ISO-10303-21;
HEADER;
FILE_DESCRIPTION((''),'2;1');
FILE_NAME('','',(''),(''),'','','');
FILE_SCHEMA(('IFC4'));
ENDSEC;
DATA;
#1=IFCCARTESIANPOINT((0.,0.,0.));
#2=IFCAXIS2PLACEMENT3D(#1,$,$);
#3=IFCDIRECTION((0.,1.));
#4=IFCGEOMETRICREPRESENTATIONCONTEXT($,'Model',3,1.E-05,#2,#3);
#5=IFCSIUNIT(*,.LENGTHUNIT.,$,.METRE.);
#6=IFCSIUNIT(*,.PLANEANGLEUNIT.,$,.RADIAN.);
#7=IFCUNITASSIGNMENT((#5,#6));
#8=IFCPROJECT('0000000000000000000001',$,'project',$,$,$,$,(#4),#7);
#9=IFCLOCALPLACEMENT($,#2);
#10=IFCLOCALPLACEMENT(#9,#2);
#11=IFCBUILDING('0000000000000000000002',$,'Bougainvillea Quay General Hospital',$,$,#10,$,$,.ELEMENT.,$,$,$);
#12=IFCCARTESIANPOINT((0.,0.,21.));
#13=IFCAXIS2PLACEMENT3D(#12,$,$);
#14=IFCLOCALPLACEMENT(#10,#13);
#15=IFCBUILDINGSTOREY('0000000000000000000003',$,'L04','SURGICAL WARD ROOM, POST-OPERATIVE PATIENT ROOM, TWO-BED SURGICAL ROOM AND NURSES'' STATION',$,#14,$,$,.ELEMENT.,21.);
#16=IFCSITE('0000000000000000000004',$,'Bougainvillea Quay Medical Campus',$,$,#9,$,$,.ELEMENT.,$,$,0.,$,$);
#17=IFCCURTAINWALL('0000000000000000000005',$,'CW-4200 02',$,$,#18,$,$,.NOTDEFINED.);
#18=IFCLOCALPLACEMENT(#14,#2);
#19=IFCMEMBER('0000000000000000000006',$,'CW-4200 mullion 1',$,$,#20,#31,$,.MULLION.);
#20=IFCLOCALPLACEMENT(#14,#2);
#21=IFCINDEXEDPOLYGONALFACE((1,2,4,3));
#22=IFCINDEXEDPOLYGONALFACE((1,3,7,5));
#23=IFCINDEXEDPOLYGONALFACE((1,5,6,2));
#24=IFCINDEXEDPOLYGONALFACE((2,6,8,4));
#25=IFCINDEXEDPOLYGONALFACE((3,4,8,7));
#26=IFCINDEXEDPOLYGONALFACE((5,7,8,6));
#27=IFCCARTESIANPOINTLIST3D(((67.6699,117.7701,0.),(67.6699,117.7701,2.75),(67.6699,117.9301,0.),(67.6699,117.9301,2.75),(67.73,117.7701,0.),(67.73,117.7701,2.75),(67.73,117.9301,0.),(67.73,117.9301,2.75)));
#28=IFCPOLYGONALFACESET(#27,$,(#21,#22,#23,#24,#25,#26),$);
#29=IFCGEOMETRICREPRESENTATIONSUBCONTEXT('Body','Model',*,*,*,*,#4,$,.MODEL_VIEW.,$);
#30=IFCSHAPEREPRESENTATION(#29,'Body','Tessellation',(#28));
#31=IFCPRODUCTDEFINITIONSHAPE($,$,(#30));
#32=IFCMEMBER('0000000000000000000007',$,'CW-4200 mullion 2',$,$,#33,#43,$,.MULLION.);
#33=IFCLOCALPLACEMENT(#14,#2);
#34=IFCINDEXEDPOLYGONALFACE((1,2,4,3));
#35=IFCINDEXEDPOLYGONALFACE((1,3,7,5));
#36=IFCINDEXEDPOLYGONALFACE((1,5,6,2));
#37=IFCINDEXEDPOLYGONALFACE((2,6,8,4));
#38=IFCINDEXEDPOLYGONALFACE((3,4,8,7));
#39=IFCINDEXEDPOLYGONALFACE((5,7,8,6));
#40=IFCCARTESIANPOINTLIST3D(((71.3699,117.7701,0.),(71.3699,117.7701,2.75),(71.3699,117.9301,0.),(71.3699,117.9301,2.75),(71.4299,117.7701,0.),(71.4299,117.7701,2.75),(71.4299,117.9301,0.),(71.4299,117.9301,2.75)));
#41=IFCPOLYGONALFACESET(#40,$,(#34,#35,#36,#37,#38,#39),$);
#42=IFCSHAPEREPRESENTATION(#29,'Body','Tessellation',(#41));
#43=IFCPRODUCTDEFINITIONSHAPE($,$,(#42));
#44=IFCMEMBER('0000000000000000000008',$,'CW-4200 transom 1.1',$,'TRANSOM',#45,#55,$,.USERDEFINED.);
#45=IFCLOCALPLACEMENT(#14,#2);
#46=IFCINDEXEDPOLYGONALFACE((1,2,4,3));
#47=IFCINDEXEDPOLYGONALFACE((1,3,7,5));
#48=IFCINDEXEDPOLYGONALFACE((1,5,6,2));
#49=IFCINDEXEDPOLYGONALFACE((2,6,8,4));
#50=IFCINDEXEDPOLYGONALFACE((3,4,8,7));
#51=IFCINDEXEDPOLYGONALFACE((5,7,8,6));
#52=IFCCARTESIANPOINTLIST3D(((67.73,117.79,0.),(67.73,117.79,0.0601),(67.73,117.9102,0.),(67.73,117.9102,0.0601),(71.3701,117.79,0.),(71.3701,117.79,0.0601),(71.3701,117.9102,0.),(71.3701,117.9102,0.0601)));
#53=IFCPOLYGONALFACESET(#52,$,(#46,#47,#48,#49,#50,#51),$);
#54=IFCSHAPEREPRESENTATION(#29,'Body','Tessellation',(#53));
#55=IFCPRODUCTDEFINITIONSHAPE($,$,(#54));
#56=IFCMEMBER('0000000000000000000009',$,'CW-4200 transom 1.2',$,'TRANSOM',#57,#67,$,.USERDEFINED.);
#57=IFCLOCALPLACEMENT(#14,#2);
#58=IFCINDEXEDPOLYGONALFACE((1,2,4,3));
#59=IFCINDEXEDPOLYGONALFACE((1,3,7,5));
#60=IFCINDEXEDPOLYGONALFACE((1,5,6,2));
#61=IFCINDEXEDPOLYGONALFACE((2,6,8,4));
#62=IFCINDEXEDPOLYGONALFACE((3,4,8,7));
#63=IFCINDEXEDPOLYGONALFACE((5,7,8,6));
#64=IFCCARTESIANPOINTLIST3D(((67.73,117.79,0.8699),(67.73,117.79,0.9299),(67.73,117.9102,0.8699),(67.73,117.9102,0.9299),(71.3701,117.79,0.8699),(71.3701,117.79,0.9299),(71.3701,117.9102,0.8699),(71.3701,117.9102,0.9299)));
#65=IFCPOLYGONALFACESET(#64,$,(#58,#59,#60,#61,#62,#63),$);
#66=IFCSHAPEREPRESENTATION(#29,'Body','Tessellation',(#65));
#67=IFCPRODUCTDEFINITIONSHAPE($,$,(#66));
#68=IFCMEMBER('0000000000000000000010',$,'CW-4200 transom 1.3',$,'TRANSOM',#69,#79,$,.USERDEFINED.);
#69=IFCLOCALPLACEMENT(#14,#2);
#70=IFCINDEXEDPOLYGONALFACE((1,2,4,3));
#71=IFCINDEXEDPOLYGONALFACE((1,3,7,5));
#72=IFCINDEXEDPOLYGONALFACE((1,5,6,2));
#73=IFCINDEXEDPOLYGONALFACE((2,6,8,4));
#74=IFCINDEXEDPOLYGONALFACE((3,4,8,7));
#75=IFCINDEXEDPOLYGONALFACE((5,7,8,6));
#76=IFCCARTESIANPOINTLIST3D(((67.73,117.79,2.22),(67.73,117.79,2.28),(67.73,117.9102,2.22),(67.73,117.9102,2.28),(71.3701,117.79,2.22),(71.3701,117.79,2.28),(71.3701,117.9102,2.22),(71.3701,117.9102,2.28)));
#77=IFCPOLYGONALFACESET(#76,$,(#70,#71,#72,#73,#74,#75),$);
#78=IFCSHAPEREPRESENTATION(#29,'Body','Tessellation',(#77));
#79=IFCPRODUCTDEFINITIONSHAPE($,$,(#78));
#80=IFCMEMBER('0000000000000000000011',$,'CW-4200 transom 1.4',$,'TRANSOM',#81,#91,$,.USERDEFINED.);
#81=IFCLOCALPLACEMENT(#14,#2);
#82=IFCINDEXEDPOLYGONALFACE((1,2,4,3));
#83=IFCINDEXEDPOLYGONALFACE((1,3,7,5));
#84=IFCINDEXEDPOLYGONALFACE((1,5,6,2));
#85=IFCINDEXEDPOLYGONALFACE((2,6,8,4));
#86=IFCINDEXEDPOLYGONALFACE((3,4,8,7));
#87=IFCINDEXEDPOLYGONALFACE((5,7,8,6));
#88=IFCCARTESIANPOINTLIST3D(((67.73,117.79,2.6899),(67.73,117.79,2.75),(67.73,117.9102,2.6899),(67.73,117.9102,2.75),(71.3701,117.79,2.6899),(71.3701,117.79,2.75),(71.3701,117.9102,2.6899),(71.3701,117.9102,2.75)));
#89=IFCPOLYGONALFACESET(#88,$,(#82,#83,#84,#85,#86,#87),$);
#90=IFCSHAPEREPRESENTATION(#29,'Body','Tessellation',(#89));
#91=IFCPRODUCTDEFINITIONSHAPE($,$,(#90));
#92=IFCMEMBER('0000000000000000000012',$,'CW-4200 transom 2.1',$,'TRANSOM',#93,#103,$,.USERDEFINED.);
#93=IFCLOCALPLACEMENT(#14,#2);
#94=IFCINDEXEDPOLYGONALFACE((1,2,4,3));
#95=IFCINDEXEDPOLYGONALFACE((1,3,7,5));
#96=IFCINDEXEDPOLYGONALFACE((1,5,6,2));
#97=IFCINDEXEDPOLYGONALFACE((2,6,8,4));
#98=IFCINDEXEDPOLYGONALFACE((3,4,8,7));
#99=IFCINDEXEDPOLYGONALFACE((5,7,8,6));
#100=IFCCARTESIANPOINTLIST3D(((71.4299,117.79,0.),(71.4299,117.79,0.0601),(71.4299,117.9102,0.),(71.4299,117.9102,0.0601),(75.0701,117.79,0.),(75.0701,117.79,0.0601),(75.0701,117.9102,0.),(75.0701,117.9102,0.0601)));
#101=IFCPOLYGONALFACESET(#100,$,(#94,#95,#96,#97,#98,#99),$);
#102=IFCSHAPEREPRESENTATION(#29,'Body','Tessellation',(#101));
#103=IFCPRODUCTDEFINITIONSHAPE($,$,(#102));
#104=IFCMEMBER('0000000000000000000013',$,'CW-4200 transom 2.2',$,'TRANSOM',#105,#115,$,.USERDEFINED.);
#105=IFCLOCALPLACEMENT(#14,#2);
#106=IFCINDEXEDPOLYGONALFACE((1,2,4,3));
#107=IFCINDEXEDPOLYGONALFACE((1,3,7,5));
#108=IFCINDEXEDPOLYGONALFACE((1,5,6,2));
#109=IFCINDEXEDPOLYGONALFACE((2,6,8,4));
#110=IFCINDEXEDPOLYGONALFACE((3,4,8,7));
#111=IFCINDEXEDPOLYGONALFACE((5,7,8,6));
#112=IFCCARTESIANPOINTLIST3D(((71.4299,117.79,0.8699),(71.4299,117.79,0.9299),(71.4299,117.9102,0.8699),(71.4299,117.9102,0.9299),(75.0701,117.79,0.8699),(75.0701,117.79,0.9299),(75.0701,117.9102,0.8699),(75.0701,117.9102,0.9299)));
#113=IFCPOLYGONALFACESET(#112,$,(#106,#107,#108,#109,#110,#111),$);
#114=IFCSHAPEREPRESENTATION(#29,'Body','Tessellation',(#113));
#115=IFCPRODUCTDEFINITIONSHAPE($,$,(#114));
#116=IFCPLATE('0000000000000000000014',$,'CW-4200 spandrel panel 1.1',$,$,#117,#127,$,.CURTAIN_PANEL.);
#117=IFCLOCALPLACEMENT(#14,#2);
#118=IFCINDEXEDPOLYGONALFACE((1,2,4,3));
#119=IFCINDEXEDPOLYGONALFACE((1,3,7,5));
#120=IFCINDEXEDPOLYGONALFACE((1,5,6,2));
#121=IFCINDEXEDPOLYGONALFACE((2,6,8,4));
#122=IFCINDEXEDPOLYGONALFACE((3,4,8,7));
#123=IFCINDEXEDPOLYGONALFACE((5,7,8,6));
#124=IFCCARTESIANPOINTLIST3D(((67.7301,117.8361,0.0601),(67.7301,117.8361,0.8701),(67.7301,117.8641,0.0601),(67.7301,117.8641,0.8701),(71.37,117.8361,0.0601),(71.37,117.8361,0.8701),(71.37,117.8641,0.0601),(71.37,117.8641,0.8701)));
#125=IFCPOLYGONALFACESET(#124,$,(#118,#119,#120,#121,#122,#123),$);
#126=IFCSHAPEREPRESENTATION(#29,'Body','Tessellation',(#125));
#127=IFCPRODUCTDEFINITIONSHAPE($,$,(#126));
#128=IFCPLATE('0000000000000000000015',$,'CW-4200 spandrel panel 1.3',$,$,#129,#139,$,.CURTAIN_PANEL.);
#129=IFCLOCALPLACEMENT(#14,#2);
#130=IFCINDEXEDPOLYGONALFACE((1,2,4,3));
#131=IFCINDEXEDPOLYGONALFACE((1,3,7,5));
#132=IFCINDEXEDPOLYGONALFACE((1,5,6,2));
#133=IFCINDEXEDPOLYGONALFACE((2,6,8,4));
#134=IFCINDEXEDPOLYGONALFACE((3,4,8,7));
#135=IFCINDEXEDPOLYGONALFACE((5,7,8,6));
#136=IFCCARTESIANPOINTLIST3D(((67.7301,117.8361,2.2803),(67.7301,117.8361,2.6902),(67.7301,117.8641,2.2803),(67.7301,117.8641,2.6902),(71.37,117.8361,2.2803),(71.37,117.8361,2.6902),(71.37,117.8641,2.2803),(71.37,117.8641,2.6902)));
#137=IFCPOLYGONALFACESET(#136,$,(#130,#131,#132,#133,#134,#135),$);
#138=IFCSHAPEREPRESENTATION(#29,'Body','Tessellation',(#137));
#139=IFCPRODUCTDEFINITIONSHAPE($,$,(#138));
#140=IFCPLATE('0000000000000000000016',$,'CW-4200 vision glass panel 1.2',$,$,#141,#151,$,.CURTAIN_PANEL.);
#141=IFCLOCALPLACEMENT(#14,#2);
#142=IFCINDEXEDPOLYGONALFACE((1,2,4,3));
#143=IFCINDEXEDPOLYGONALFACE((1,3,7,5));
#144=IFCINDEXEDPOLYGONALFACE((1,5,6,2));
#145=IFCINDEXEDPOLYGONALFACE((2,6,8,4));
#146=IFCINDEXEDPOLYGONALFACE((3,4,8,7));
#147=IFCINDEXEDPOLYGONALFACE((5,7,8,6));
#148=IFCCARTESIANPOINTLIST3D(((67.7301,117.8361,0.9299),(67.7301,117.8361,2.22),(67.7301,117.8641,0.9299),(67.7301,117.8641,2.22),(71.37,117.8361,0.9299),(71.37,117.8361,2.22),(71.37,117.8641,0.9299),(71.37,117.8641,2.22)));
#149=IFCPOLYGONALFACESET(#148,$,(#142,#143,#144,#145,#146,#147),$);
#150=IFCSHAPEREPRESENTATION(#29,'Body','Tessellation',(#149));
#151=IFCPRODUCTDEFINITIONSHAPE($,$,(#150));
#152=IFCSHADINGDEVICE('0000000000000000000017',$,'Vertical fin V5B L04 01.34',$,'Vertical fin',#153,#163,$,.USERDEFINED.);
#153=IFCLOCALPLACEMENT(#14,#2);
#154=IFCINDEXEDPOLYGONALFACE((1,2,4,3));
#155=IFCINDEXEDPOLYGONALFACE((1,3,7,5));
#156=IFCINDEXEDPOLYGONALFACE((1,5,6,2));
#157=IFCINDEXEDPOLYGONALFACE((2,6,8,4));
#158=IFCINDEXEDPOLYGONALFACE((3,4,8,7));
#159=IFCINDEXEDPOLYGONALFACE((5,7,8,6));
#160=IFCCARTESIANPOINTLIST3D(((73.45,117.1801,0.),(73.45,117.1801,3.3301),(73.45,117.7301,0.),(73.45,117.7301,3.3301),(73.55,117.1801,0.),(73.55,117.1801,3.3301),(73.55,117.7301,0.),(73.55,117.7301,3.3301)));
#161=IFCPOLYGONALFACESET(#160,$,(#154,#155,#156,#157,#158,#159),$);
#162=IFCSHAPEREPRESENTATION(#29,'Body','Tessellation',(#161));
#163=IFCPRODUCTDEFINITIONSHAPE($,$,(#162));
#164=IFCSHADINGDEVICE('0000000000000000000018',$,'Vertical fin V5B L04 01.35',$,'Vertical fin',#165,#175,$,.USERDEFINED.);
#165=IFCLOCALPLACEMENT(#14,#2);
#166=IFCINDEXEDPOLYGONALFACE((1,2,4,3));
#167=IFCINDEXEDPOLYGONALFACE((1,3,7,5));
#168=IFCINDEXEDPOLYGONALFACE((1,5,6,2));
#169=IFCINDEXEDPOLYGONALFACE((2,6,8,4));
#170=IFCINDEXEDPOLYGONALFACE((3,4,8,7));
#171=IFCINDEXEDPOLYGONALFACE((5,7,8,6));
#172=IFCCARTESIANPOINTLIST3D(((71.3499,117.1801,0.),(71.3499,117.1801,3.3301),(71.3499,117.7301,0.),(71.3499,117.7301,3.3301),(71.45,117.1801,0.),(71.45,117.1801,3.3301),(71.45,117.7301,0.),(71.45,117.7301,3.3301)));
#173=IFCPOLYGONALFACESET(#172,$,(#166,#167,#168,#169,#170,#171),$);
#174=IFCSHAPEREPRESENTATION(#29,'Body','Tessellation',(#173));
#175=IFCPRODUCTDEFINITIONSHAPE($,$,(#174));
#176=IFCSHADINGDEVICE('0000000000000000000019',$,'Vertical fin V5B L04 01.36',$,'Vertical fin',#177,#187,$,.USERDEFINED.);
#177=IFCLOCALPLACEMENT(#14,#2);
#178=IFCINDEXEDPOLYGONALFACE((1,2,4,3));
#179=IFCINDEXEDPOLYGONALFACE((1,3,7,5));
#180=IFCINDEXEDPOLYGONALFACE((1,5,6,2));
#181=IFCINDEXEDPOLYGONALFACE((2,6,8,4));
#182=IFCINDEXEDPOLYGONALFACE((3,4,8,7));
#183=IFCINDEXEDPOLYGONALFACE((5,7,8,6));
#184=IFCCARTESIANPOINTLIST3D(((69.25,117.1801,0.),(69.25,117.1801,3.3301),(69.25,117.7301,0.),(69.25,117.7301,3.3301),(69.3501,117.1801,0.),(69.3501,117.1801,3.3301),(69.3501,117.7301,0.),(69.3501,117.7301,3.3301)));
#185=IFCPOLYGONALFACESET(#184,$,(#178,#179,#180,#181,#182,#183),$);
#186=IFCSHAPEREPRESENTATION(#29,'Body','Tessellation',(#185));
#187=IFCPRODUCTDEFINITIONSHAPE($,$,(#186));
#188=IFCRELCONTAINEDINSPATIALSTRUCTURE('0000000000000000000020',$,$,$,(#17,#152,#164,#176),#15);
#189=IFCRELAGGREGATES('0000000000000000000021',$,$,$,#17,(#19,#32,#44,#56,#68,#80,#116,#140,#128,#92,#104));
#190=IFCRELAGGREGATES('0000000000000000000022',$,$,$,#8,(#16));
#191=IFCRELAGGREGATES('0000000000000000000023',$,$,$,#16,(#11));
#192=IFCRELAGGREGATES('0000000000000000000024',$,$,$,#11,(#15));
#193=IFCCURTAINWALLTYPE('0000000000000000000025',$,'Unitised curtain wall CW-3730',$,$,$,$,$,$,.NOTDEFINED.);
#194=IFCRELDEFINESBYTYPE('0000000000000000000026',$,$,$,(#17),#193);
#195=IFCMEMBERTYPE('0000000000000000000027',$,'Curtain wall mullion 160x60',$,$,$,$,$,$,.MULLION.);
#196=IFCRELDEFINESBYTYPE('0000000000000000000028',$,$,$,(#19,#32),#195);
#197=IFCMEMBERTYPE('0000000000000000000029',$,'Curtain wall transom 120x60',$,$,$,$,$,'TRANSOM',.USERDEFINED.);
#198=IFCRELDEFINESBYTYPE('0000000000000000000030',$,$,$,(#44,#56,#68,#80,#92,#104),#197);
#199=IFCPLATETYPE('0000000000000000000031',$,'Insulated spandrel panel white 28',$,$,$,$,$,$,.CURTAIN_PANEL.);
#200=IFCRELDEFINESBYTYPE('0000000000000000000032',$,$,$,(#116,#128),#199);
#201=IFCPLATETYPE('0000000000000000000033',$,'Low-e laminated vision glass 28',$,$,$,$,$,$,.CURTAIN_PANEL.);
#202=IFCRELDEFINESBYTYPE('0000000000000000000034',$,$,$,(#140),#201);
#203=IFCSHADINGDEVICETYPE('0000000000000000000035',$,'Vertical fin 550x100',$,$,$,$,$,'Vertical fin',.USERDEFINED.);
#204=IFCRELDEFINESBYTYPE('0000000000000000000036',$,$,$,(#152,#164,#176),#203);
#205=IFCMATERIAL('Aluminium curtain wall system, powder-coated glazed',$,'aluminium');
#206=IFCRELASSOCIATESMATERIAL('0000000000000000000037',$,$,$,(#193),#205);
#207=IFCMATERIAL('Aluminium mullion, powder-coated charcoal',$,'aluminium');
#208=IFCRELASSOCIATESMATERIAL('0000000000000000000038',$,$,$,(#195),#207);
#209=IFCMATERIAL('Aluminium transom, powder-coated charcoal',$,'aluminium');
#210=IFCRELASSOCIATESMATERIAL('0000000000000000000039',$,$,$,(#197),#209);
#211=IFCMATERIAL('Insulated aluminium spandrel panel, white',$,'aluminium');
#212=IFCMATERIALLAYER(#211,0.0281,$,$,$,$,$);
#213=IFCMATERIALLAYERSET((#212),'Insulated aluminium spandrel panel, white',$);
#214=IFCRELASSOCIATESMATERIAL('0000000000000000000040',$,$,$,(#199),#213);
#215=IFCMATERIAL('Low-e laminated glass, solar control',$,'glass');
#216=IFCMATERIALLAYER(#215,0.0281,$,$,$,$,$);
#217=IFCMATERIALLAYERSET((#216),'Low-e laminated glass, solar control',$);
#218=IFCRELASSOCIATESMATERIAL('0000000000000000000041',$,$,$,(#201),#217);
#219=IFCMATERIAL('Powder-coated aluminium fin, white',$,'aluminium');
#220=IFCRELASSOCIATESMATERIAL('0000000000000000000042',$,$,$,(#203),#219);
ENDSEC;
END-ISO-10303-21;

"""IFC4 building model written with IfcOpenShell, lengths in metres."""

from ifc_helpers import new_model, si_unit, direction, frame, origin, origin_2d, place, context, subcontext, project, spatial, rectangle, extrude, material, layer, layer_set, material_profile, profile_set, type_object, element, aggregate, save


model = new_model("IFC4")

# Units and contexts
model_context = context("Model", 3, precision=1e-05, world=origin(), true_north=direction((0.0, 1.0)))
body_context = subcontext(model_context, "Body", "Model", "MODEL_VIEW")
ifc_project = project(units=[si_unit("LENGTHUNIT", "METRE"), si_unit("PLANEANGLEUNIT", "RADIAN")], contexts=[model_context])

# Site, building, storey
site_placement = place(None, origin())
site = spatial("IfcSite", under=ifc_project, at=site_placement, Name="Bougainvillea Quay Medical Campus", CompositionType="ELEMENT", RefElevation=0.0)
building_placement = place(site_placement, origin())
building = spatial("IfcBuilding", under=site, at=building_placement, Name="Bougainvillea Quay General Hospital", CompositionType="ELEMENT")
storey_placement = place(building_placement, frame((0.0, 0.0, 21.0)))
storey = spatial("IfcBuildingStorey", under=building, at=storey_placement, Name="L04", Description="SURGICAL WARD ROOM, POST-OPERATIVE PATIENT ROOM, TWO-BED SURGICAL ROOM AND NURSES' STATION", CompositionType="ELEMENT", Elevation=21.0)

# Curtain wall, members, plates
ifc_material_1 = material(Name="Aluminium curtain wall system, powder-coated glazed", Category="aluminium")
curtain_wall_type = type_object("IfcCurtainWallType", Name="Unitised curtain wall CW-3730", PredefinedType="NOTDEFINED", material=ifc_material_1)
curtain_wall_placement = place(storey_placement, origin())
curtain_wall = element("IfcCurtainWall", 1, at=curtain_wall_placement, inside=storey, type_object=curtain_wall_type, Name="CW-4200 02", PredefinedType="NOTDEFINED")
ifc_material_2 = material(Name="Aluminium mullion, powder-coated charcoal", Category="aluminium")
ifc_material_profile_1 = material_profile(ifc_material_2, rectangle(XDim=0.1599, YDim=0.0601, at=origin_2d()))
ifc_profile_set_1 = profile_set([ifc_material_profile_1], Name="Aluminium mullion, powder-coated charcoal")
member_type_1 = type_object("IfcMemberType", Name="Curtain wall mullion 160x60", PredefinedType="MULLION", material=ifc_profile_set_1)
member_1_placement = place(storey_placement, frame((67.7, 117.8501, 0.0), z_axis=(0.0, 0.0, 1.0), x_axis=(0.0, 1.0, 0.0)))
member_1 = element("IfcMember", 2, at=member_1_placement, type_object=member_type_1, Name="CW-4200 mullion 1", PredefinedType="MULLION", context=body_context, shape_type="SweptSolid", body=[
    extrude(rectangle(XDim=0.1599, YDim=0.0601, at=origin_2d()), origin(), (0.0, 0.0, 1.0), 2.75),
])
member_2_placement = place(storey_placement, frame((71.3999, 117.8501, 0.0), z_axis=(0.0, 0.0, 1.0), x_axis=(0.0, 1.0, 0.0)))
member_2 = element("IfcMember", 3, at=member_2_placement, type_object=member_type_1, Name="CW-4200 mullion 2", PredefinedType="MULLION", context=body_context, shape_type="SweptSolid", body=[
    extrude(rectangle(XDim=0.1599, YDim=0.0601, at=origin_2d()), origin(), (0.0, 0.0, 1.0), 2.75),
])
ifc_material_3 = material(Name="Aluminium transom, powder-coated charcoal", Category="aluminium")
ifc_material_profile_2 = material_profile(ifc_material_3, rectangle(XDim=0.1201, YDim=0.0601, at=origin_2d()))
ifc_profile_set_2 = profile_set([ifc_material_profile_2], Name="Aluminium transom, powder-coated charcoal")
member_type_2 = type_object("IfcMemberType", Name="Curtain wall transom 120x60", ElementType="TRANSOM", PredefinedType="USERDEFINED", material=ifc_profile_set_2)
member_3_placement = place(storey_placement, frame((67.73, 117.8501, 0.03), z_axis=(1.0, 0.0, 0.0), x_axis=(0.0, 1.0, 0.0)))
member_3 = element("IfcMember", 4, at=member_3_placement, type_object=member_type_2, Name="CW-4200 transom 1.1", ObjectType="TRANSOM", PredefinedType="USERDEFINED", context=body_context, shape_type="SweptSolid", body=[
    extrude(rectangle(XDim=0.1201, YDim=0.0601, at=origin_2d()), origin(), (0.0, 0.0, 1.0), 3.6401),
])
member_4_placement = place(storey_placement, frame((67.73, 117.8501, 0.8999), z_axis=(1.0, 0.0, 0.0), x_axis=(0.0, 1.0, 0.0)))
member_4 = element("IfcMember", 5, at=member_4_placement, type_object=member_type_2, Name="CW-4200 transom 1.2", ObjectType="TRANSOM", PredefinedType="USERDEFINED", context=body_context, shape_type="SweptSolid", body=[
    extrude(rectangle(XDim=0.1201, YDim=0.0601, at=origin_2d()), origin(), (0.0, 0.0, 1.0), 3.6401),
])
member_5_placement = place(storey_placement, frame((67.73, 117.8501, 2.25), z_axis=(1.0, 0.0, 0.0), x_axis=(0.0, 1.0, 0.0)))
member_5 = element("IfcMember", 6, at=member_5_placement, type_object=member_type_2, Name="CW-4200 transom 1.3", ObjectType="TRANSOM", PredefinedType="USERDEFINED", context=body_context, shape_type="SweptSolid", body=[
    extrude(rectangle(XDim=0.1201, YDim=0.0601, at=origin_2d()), origin(), (0.0, 0.0, 1.0), 3.6401),
])
member_6_placement = place(storey_placement, frame((67.73, 117.8501, 2.72), z_axis=(1.0, 0.0, 0.0), x_axis=(0.0, 1.0, 0.0)))
member_6 = element("IfcMember", 7, at=member_6_placement, type_object=member_type_2, Name="CW-4200 transom 1.4", ObjectType="TRANSOM", PredefinedType="USERDEFINED", context=body_context, shape_type="SweptSolid", body=[
    extrude(rectangle(XDim=0.1201, YDim=0.0601, at=origin_2d()), origin(), (0.0, 0.0, 1.0), 3.6401),
])
member_7_placement = place(storey_placement, frame((71.4299, 117.8501, 0.03), z_axis=(1.0, 0.0, 0.0), x_axis=(0.0, 1.0, 0.0)))
member_7 = element("IfcMember", 8, at=member_7_placement, type_object=member_type_2, Name="CW-4200 transom 2.1", ObjectType="TRANSOM", PredefinedType="USERDEFINED", context=body_context, shape_type="SweptSolid", body=[
    extrude(rectangle(XDim=0.1201, YDim=0.0601, at=origin_2d()), origin(), (0.0, 0.0, 1.0), 3.6401),
])
member_8_placement = place(storey_placement, frame((71.4299, 117.8501, 0.8999), z_axis=(1.0, 0.0, 0.0), x_axis=(0.0, 1.0, 0.0)))
member_8 = element("IfcMember", 9, at=member_8_placement, type_object=member_type_2, Name="CW-4200 transom 2.2", ObjectType="TRANSOM", PredefinedType="USERDEFINED", context=body_context, shape_type="SweptSolid", body=[
    extrude(rectangle(XDim=0.1201, YDim=0.0601, at=origin_2d()), origin(), (0.0, 0.0, 1.0), 3.6401),
])
ifc_material_4 = material(Name="Insulated aluminium spandrel panel, white", Category="aluminium")
ifc_layer_1 = layer(ifc_material_4, 0.0281)
ifc_layer_set_1 = layer_set([ifc_layer_1], Name="Insulated aluminium spandrel panel, white")
plate_type_1 = type_object("IfcPlateType", Name="Insulated spandrel panel white 28", PredefinedType="CURTAIN_PANEL", material=ifc_layer_set_1)
plate_1_placement = place(storey_placement, frame((69.55, 117.8501, 0.0601), z_axis=(0.0, 0.0, 1.0), x_axis=(1.0, 0.0, 0.0)))
plate_1 = element("IfcPlate", 10, at=plate_1_placement, type_object=plate_type_1, Name="CW-4200 spandrel panel 1.1", PredefinedType="CURTAIN_PANEL", context=body_context, shape_type="SweptSolid", body=[
    extrude(rectangle(XDim=3.6399, YDim=0.0281, at=origin_2d()), origin(), (0.0, 0.0, 1.0), 0.8101),
])
plate_2_placement = place(storey_placement, frame((69.55, 117.8501, 2.2803), z_axis=(0.0, 0.0, 1.0), x_axis=(1.0, 0.0, 0.0)))
plate_2 = element("IfcPlate", 11, at=plate_2_placement, type_object=plate_type_1, Name="CW-4200 spandrel panel 1.3", PredefinedType="CURTAIN_PANEL", context=body_context, shape_type="SweptSolid", body=[
    extrude(rectangle(XDim=3.6399, YDim=0.0281, at=origin_2d()), origin(), (0.0, 0.0, 1.0), 0.4099),
])
ifc_material_5 = material(Name="Low-e laminated glass, solar control", Category="glass")
ifc_layer_2 = layer(ifc_material_5, 0.0281)
ifc_layer_set_2 = layer_set([ifc_layer_2], Name="Low-e laminated glass, solar control")
plate_type_2 = type_object("IfcPlateType", Name="Low-e laminated vision glass 28", PredefinedType="CURTAIN_PANEL", material=ifc_layer_set_2)
plate_3_placement = place(storey_placement, frame((69.55, 117.8501, 0.9299), z_axis=(0.0, 0.0, 1.0), x_axis=(1.0, 0.0, 0.0)))
plate_3 = element("IfcPlate", 12, at=plate_3_placement, type_object=plate_type_2, Name="CW-4200 vision glass panel 1.2", PredefinedType="CURTAIN_PANEL", context=body_context, shape_type="SweptSolid", body=[
    extrude(rectangle(XDim=3.6399, YDim=0.0281, at=origin_2d()), origin(), (0.0, 0.0, 1.0), 1.29),
])
aggregate(curtain_wall, [member_1, member_2, member_3, member_4, member_5, member_6, plate_1, plate_3, plate_2, member_7, member_8])

# Shading devices
ifc_material_6 = material(Name="Powder-coated aluminium fin, white", Category="aluminium")
ifc_material_profile_3 = material_profile(ifc_material_6, rectangle(XDim=0.55, YDim=0.1001, at=origin_2d()))
ifc_profile_set_3 = profile_set([ifc_material_profile_3], Name="Powder-coated aluminium fin, white")
shading_device_type = type_object("IfcShadingDeviceType", Name="Vertical fin 550x100", ElementType="Vertical fin", PredefinedType="USERDEFINED", material=ifc_profile_set_3)
for number, where, z_axis, x_axis, name in (
    (13, (73.5, 117.4551, 0.0), (0.0, 0.0, 1.0), (0.0, -1.0, 0.0), "Vertical fin V5B L04 01.34"),
    (14, (71.3999, 117.4551, 0.0), (0.0, 0.0, 1.0), (0.0, -1.0, 0.0), "Vertical fin V5B L04 01.35"),
    (15, (69.3, 117.4551, 0.0), (0.0, 0.0, 1.0), (0.0, -1.0, 0.0), "Vertical fin V5B L04 01.36"),
):
    element("IfcShadingDevice", number, at=place(storey_placement, frame(where, z_axis=z_axis, x_axis=x_axis)), inside=storey, type_object=shading_device_type, Name=name, ObjectType="Vertical fin", PredefinedType="USERDEFINED", context=body_context, shape_type="SweptSolid", body=[
        extrude(rectangle(XDim=0.55, YDim=0.1001, at=origin_2d()), origin(), (0.0, 0.0, 1.0), 3.3301),
    ])

save(model, "model.ifc")
